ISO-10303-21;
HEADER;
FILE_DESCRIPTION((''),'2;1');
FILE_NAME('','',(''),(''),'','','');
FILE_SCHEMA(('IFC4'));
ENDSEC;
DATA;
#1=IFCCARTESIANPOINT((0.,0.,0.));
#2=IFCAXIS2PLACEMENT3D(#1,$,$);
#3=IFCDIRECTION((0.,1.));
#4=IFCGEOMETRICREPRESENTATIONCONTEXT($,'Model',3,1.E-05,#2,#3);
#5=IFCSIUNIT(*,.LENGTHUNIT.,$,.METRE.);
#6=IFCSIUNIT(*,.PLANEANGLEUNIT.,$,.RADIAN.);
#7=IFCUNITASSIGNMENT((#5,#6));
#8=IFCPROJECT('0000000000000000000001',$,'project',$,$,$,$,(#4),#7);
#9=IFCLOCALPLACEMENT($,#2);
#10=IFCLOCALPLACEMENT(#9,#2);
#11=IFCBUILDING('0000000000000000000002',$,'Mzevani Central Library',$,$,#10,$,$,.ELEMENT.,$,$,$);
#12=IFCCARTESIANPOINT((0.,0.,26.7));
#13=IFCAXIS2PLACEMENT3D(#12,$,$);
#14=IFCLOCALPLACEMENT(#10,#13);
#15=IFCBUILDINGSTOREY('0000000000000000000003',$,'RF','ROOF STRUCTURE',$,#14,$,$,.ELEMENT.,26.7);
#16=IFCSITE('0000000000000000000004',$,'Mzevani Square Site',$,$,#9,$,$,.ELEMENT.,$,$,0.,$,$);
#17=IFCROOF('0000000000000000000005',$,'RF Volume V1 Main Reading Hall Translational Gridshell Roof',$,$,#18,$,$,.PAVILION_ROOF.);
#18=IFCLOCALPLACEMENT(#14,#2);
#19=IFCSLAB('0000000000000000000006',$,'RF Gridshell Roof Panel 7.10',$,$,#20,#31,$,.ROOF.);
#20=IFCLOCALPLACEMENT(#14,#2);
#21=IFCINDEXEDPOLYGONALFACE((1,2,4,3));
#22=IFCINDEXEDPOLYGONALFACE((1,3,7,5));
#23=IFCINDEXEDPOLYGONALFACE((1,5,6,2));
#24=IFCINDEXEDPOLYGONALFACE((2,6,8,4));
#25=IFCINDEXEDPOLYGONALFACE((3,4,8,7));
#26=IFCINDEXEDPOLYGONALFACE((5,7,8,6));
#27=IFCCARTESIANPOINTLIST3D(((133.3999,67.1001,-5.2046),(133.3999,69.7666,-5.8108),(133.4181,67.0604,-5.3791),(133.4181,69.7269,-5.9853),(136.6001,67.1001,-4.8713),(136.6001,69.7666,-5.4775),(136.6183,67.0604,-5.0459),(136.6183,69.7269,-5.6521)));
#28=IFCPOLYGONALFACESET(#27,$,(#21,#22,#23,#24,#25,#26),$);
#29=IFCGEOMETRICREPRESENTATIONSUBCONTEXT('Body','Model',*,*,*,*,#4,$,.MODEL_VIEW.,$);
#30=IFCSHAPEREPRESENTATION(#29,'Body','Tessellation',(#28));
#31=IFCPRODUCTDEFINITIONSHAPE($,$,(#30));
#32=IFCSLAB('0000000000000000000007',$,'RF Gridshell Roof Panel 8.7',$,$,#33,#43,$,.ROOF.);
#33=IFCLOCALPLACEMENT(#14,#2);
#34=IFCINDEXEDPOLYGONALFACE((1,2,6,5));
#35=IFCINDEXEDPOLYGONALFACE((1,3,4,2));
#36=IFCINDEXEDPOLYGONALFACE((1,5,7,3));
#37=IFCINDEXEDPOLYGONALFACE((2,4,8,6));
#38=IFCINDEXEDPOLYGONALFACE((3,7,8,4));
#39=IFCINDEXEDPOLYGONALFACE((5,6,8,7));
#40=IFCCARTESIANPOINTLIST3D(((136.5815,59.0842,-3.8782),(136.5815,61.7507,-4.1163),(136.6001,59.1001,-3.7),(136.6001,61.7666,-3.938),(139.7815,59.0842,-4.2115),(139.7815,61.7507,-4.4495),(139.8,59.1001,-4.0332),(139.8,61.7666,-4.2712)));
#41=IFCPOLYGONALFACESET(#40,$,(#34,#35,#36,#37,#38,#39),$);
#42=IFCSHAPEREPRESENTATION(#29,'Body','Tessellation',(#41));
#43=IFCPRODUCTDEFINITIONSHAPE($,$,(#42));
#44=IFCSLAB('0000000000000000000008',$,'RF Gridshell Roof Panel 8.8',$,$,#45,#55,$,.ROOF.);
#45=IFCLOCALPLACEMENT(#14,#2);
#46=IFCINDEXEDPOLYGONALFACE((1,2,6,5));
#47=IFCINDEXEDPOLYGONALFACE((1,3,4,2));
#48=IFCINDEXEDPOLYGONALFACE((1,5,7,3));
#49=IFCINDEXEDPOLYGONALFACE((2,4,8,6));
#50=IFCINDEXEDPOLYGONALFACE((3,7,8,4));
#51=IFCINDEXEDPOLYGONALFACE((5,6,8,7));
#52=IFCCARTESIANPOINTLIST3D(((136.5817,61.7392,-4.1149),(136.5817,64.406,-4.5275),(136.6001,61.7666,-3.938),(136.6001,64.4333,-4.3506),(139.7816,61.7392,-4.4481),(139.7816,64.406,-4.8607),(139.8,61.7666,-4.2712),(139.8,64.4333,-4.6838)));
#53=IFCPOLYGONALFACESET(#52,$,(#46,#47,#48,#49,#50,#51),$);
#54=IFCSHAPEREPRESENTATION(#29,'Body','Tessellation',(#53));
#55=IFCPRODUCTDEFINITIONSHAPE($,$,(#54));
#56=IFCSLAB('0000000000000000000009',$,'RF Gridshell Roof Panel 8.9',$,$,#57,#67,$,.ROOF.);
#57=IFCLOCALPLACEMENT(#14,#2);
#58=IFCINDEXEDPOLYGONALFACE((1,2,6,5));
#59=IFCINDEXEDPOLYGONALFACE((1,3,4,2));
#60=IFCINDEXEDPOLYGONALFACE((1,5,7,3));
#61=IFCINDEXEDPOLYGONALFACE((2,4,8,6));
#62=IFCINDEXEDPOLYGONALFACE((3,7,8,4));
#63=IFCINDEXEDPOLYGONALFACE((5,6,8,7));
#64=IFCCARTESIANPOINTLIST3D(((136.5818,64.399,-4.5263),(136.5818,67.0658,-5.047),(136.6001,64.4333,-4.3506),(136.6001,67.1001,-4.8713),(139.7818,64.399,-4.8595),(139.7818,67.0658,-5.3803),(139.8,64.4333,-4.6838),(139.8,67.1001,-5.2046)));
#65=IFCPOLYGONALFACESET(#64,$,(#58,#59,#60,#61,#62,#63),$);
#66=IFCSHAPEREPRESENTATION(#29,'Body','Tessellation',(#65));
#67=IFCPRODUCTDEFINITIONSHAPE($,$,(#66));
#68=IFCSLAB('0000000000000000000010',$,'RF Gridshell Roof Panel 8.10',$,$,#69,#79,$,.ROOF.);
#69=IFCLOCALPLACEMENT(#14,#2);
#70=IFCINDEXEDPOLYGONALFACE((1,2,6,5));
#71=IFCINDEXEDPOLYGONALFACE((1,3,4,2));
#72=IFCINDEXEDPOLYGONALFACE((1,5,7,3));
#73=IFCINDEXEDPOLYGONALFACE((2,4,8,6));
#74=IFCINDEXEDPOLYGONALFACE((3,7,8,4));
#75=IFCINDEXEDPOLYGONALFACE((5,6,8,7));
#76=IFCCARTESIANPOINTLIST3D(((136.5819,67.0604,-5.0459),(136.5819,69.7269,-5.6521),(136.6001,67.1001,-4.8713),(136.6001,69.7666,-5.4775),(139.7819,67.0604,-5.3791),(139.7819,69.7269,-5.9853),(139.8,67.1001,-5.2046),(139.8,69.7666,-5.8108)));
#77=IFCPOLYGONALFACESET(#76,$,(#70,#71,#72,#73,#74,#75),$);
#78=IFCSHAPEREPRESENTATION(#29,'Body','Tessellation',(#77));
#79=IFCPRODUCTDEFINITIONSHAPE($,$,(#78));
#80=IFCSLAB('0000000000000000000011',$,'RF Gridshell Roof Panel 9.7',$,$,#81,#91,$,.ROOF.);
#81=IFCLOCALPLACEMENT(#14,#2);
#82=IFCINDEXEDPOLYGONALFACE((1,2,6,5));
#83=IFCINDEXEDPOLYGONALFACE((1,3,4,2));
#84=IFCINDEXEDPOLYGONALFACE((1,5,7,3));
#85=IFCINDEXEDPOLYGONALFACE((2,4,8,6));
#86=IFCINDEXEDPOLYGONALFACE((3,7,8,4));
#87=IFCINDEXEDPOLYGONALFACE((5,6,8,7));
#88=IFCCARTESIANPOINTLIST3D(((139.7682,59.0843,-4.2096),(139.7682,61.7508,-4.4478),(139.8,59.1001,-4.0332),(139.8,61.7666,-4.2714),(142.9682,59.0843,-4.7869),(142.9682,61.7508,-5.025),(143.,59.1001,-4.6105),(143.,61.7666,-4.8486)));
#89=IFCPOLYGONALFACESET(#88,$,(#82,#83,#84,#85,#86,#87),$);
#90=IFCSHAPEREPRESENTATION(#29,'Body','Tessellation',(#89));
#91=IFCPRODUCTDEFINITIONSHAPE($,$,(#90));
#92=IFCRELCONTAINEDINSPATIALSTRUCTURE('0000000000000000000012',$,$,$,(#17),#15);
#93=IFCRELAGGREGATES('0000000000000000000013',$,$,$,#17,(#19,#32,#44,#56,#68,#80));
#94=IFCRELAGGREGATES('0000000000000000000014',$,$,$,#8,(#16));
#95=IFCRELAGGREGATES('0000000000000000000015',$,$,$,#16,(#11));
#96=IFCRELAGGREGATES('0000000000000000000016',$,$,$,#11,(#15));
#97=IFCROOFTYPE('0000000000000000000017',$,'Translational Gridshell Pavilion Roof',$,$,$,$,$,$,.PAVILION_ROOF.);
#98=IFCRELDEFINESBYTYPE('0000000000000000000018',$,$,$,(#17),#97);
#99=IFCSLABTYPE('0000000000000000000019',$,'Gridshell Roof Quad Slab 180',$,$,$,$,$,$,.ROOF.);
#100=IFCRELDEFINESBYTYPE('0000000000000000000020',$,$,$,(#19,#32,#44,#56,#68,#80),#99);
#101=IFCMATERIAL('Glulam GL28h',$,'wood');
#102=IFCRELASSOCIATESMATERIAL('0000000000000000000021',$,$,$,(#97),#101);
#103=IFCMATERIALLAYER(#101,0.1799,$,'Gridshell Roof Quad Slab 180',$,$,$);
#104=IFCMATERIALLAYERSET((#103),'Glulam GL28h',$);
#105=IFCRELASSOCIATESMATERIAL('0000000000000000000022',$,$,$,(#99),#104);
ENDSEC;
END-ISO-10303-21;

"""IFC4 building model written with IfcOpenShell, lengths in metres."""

from ifc_helpers import new_model, si_unit, direction, frame, origin, place, context, subcontext, project, spatial, polyline, outline, extrude, material, layer, layer_set, type_object, element, aggregate, save


model = new_model("IFC4")

# Units and contexts
model_context = context("Model", 3, precision=1e-05, world=origin(), true_north=direction((0.0, 1.0)))
body_context = subcontext(model_context, "Body", "Model", "MODEL_VIEW")
ifc_project = project(units=[si_unit("LENGTHUNIT", "METRE"), si_unit("PLANEANGLEUNIT", "RADIAN")], contexts=[model_context])

# Site, building, storey
site_placement = place(None, origin())
site = spatial("IfcSite", under=ifc_project, at=site_placement, Name="Mzevani Square Site", CompositionType="ELEMENT", RefElevation=0.0)
building_placement = place(site_placement, origin())
building = spatial("IfcBuilding", under=site, at=building_placement, Name="Mzevani Central Library", CompositionType="ELEMENT")
storey_placement = place(building_placement, frame((0.0, 0.0, 26.7)))
storey = spatial("IfcBuildingStorey", under=building, at=storey_placement, Name="RF", Description="ROOF STRUCTURE", CompositionType="ELEMENT", Elevation=26.7)

# Shared definitions
ifc_material_1 = material(Name="Glulam GL28h", Category="wood")

# Roof, slabs
roof_type = type_object("IfcRoofType", Name="Translational Gridshell Pavilion Roof", PredefinedType="PAVILION_ROOF", material=ifc_material_1)
roof_placement = place(storey_placement, origin())
roof = element("IfcRoof", 1, at=roof_placement, inside=storey, type_object=roof_type, Name="RF Volume V1 Main Reading Hall Translational Gridshell Roof", PredefinedType="PAVILION_ROOF")
ifc_layer_1 = layer(ifc_material_1, 0.1799, Name="Gridshell Roof Quad Slab 180")
ifc_layer_set_1 = layer_set([ifc_layer_1], Name="Glulam GL28h")
slab_type = type_object("IfcSlabType", Name="Gridshell Roof Quad Slab 180", PredefinedType="ROOF", material=ifc_layer_set_1)
slab_1_placement = place(storey_placement, frame((133.3999, 67.1001, -5.2046), z_axis=(-0.101024, 0.220549, 0.97013), x_axis=(0.994622, 0.0, 0.103575)))
slab_1 = element("IfcSlab", 2, at=slab_1_placement, type_object=slab_type, Name="RF Gridshell Roof Panel 7.10", PredefinedType="ROOF", context=body_context, shape_type="SweptSolid", body=[
    extrude(outline(polyline([(0.0, 0.0), (3.2175, 0.0), (3.1547, 2.7338), (-0.0628, 2.7338), (0.0, 0.0)])), origin(), (0.0, 0.0, -1.0), 0.1799),
])
slab_2_placement = place(storey_placement, frame((136.6001, 59.1001, -3.7), z_axis=(0.103177, 0.088441, 0.990723), x_axis=(0.994621, 0.0, -0.103583)))
slab_2 = element("IfcSlab", 3, at=slab_2_placement, type_object=slab_type, Name="RF Gridshell Roof Panel 8.7", PredefinedType="ROOF", context=body_context, shape_type="SweptSolid", body=[
    extrude(outline(polyline([(0.0, 0.0), (3.2173, 0.0), (3.2419, 2.677), (0.0247, 2.677), (0.0, 0.0)])), origin(), (0.0, 0.0, -1.0), 0.1799),
])
slab_3_placement = place(storey_placement, frame((136.6001, 61.7666, -3.938), z_axis=(0.102378, 0.152097, 0.983049), x_axis=(0.994621, 0.0, -0.103583)))
slab_3 = element("IfcSlab", 4, at=slab_3_placement, type_object=slab_type, Name="RF Gridshell Roof Panel 8.8", PredefinedType="ROOF", context=body_context, shape_type="SweptSolid", body=[
    extrude(outline(polyline([(0.0, 0.0), (3.2173, 0.0), (3.26, 2.6981), (0.0427, 2.6981), (0.0, 0.0)])), origin(), (0.0, 0.0, -1.0), 0.1799),
])
slab_4_placement = place(storey_placement, frame((136.6001, 64.4333, -4.3506), z_axis=(0.101682, 0.190663, 0.976375), x_axis=(0.994621, 0.0, -0.103583)))
slab_4 = element("IfcSlab", 5, at=slab_4_placement, type_object=slab_type, Name="RF Gridshell Roof Panel 8.9", PredefinedType="ROOF", context=body_context, shape_type="SweptSolid", body=[
    extrude(outline(polyline([(0.0, 0.0), (3.2173, 0.0), (3.2712, 2.7166), (0.0539, 2.7166), (0.0, 0.0)])), origin(), (0.0, 0.0, -1.0), 0.1799),
])
slab_5_placement = place(storey_placement, frame((136.6001, 67.1001, -4.8713), z_axis=(0.101032, 0.220549, 0.970129), x_axis=(0.994621, 0.0, -0.103583)))
slab_5 = element("IfcSlab", 6, at=slab_5_placement, type_object=slab_type, Name="RF Gridshell Roof Panel 8.10", PredefinedType="ROOF", context=body_context, shape_type="SweptSolid", body=[
    extrude(outline(polyline([(0.0, 0.0), (3.2173, 0.0), (3.28, 2.7338), (0.0628, 2.7338), (0.0, 0.0)])), origin(), (0.0, 0.0, -1.0), 0.1799),
])
slab_6_placement = place(storey_placement, frame((139.8, 59.1001, -4.0332), z_axis=(0.176852, 0.087559, 0.980335), x_axis=(0.984115, -0.000003, -0.177534)))
slab_6 = element("IfcSlab", 7, at=slab_6_placement, type_object=slab_type, Name="RF Gridshell Roof Panel 9.7", PredefinedType="ROOF", context=body_context, shape_type="SweptSolid", body=[
    extrude(outline(polyline([(0.0, 0.0), (3.2516, 0.0), (3.2939, 2.6768), (0.0423, 2.6768), (0.0, 0.0)])), origin(), (0.0, 0.0, -1.0), 0.1799),
])
aggregate(roof, [slab_1, slab_2, slab_3, slab_4, slab_5, slab_6])

save(model, "model.ifc")
